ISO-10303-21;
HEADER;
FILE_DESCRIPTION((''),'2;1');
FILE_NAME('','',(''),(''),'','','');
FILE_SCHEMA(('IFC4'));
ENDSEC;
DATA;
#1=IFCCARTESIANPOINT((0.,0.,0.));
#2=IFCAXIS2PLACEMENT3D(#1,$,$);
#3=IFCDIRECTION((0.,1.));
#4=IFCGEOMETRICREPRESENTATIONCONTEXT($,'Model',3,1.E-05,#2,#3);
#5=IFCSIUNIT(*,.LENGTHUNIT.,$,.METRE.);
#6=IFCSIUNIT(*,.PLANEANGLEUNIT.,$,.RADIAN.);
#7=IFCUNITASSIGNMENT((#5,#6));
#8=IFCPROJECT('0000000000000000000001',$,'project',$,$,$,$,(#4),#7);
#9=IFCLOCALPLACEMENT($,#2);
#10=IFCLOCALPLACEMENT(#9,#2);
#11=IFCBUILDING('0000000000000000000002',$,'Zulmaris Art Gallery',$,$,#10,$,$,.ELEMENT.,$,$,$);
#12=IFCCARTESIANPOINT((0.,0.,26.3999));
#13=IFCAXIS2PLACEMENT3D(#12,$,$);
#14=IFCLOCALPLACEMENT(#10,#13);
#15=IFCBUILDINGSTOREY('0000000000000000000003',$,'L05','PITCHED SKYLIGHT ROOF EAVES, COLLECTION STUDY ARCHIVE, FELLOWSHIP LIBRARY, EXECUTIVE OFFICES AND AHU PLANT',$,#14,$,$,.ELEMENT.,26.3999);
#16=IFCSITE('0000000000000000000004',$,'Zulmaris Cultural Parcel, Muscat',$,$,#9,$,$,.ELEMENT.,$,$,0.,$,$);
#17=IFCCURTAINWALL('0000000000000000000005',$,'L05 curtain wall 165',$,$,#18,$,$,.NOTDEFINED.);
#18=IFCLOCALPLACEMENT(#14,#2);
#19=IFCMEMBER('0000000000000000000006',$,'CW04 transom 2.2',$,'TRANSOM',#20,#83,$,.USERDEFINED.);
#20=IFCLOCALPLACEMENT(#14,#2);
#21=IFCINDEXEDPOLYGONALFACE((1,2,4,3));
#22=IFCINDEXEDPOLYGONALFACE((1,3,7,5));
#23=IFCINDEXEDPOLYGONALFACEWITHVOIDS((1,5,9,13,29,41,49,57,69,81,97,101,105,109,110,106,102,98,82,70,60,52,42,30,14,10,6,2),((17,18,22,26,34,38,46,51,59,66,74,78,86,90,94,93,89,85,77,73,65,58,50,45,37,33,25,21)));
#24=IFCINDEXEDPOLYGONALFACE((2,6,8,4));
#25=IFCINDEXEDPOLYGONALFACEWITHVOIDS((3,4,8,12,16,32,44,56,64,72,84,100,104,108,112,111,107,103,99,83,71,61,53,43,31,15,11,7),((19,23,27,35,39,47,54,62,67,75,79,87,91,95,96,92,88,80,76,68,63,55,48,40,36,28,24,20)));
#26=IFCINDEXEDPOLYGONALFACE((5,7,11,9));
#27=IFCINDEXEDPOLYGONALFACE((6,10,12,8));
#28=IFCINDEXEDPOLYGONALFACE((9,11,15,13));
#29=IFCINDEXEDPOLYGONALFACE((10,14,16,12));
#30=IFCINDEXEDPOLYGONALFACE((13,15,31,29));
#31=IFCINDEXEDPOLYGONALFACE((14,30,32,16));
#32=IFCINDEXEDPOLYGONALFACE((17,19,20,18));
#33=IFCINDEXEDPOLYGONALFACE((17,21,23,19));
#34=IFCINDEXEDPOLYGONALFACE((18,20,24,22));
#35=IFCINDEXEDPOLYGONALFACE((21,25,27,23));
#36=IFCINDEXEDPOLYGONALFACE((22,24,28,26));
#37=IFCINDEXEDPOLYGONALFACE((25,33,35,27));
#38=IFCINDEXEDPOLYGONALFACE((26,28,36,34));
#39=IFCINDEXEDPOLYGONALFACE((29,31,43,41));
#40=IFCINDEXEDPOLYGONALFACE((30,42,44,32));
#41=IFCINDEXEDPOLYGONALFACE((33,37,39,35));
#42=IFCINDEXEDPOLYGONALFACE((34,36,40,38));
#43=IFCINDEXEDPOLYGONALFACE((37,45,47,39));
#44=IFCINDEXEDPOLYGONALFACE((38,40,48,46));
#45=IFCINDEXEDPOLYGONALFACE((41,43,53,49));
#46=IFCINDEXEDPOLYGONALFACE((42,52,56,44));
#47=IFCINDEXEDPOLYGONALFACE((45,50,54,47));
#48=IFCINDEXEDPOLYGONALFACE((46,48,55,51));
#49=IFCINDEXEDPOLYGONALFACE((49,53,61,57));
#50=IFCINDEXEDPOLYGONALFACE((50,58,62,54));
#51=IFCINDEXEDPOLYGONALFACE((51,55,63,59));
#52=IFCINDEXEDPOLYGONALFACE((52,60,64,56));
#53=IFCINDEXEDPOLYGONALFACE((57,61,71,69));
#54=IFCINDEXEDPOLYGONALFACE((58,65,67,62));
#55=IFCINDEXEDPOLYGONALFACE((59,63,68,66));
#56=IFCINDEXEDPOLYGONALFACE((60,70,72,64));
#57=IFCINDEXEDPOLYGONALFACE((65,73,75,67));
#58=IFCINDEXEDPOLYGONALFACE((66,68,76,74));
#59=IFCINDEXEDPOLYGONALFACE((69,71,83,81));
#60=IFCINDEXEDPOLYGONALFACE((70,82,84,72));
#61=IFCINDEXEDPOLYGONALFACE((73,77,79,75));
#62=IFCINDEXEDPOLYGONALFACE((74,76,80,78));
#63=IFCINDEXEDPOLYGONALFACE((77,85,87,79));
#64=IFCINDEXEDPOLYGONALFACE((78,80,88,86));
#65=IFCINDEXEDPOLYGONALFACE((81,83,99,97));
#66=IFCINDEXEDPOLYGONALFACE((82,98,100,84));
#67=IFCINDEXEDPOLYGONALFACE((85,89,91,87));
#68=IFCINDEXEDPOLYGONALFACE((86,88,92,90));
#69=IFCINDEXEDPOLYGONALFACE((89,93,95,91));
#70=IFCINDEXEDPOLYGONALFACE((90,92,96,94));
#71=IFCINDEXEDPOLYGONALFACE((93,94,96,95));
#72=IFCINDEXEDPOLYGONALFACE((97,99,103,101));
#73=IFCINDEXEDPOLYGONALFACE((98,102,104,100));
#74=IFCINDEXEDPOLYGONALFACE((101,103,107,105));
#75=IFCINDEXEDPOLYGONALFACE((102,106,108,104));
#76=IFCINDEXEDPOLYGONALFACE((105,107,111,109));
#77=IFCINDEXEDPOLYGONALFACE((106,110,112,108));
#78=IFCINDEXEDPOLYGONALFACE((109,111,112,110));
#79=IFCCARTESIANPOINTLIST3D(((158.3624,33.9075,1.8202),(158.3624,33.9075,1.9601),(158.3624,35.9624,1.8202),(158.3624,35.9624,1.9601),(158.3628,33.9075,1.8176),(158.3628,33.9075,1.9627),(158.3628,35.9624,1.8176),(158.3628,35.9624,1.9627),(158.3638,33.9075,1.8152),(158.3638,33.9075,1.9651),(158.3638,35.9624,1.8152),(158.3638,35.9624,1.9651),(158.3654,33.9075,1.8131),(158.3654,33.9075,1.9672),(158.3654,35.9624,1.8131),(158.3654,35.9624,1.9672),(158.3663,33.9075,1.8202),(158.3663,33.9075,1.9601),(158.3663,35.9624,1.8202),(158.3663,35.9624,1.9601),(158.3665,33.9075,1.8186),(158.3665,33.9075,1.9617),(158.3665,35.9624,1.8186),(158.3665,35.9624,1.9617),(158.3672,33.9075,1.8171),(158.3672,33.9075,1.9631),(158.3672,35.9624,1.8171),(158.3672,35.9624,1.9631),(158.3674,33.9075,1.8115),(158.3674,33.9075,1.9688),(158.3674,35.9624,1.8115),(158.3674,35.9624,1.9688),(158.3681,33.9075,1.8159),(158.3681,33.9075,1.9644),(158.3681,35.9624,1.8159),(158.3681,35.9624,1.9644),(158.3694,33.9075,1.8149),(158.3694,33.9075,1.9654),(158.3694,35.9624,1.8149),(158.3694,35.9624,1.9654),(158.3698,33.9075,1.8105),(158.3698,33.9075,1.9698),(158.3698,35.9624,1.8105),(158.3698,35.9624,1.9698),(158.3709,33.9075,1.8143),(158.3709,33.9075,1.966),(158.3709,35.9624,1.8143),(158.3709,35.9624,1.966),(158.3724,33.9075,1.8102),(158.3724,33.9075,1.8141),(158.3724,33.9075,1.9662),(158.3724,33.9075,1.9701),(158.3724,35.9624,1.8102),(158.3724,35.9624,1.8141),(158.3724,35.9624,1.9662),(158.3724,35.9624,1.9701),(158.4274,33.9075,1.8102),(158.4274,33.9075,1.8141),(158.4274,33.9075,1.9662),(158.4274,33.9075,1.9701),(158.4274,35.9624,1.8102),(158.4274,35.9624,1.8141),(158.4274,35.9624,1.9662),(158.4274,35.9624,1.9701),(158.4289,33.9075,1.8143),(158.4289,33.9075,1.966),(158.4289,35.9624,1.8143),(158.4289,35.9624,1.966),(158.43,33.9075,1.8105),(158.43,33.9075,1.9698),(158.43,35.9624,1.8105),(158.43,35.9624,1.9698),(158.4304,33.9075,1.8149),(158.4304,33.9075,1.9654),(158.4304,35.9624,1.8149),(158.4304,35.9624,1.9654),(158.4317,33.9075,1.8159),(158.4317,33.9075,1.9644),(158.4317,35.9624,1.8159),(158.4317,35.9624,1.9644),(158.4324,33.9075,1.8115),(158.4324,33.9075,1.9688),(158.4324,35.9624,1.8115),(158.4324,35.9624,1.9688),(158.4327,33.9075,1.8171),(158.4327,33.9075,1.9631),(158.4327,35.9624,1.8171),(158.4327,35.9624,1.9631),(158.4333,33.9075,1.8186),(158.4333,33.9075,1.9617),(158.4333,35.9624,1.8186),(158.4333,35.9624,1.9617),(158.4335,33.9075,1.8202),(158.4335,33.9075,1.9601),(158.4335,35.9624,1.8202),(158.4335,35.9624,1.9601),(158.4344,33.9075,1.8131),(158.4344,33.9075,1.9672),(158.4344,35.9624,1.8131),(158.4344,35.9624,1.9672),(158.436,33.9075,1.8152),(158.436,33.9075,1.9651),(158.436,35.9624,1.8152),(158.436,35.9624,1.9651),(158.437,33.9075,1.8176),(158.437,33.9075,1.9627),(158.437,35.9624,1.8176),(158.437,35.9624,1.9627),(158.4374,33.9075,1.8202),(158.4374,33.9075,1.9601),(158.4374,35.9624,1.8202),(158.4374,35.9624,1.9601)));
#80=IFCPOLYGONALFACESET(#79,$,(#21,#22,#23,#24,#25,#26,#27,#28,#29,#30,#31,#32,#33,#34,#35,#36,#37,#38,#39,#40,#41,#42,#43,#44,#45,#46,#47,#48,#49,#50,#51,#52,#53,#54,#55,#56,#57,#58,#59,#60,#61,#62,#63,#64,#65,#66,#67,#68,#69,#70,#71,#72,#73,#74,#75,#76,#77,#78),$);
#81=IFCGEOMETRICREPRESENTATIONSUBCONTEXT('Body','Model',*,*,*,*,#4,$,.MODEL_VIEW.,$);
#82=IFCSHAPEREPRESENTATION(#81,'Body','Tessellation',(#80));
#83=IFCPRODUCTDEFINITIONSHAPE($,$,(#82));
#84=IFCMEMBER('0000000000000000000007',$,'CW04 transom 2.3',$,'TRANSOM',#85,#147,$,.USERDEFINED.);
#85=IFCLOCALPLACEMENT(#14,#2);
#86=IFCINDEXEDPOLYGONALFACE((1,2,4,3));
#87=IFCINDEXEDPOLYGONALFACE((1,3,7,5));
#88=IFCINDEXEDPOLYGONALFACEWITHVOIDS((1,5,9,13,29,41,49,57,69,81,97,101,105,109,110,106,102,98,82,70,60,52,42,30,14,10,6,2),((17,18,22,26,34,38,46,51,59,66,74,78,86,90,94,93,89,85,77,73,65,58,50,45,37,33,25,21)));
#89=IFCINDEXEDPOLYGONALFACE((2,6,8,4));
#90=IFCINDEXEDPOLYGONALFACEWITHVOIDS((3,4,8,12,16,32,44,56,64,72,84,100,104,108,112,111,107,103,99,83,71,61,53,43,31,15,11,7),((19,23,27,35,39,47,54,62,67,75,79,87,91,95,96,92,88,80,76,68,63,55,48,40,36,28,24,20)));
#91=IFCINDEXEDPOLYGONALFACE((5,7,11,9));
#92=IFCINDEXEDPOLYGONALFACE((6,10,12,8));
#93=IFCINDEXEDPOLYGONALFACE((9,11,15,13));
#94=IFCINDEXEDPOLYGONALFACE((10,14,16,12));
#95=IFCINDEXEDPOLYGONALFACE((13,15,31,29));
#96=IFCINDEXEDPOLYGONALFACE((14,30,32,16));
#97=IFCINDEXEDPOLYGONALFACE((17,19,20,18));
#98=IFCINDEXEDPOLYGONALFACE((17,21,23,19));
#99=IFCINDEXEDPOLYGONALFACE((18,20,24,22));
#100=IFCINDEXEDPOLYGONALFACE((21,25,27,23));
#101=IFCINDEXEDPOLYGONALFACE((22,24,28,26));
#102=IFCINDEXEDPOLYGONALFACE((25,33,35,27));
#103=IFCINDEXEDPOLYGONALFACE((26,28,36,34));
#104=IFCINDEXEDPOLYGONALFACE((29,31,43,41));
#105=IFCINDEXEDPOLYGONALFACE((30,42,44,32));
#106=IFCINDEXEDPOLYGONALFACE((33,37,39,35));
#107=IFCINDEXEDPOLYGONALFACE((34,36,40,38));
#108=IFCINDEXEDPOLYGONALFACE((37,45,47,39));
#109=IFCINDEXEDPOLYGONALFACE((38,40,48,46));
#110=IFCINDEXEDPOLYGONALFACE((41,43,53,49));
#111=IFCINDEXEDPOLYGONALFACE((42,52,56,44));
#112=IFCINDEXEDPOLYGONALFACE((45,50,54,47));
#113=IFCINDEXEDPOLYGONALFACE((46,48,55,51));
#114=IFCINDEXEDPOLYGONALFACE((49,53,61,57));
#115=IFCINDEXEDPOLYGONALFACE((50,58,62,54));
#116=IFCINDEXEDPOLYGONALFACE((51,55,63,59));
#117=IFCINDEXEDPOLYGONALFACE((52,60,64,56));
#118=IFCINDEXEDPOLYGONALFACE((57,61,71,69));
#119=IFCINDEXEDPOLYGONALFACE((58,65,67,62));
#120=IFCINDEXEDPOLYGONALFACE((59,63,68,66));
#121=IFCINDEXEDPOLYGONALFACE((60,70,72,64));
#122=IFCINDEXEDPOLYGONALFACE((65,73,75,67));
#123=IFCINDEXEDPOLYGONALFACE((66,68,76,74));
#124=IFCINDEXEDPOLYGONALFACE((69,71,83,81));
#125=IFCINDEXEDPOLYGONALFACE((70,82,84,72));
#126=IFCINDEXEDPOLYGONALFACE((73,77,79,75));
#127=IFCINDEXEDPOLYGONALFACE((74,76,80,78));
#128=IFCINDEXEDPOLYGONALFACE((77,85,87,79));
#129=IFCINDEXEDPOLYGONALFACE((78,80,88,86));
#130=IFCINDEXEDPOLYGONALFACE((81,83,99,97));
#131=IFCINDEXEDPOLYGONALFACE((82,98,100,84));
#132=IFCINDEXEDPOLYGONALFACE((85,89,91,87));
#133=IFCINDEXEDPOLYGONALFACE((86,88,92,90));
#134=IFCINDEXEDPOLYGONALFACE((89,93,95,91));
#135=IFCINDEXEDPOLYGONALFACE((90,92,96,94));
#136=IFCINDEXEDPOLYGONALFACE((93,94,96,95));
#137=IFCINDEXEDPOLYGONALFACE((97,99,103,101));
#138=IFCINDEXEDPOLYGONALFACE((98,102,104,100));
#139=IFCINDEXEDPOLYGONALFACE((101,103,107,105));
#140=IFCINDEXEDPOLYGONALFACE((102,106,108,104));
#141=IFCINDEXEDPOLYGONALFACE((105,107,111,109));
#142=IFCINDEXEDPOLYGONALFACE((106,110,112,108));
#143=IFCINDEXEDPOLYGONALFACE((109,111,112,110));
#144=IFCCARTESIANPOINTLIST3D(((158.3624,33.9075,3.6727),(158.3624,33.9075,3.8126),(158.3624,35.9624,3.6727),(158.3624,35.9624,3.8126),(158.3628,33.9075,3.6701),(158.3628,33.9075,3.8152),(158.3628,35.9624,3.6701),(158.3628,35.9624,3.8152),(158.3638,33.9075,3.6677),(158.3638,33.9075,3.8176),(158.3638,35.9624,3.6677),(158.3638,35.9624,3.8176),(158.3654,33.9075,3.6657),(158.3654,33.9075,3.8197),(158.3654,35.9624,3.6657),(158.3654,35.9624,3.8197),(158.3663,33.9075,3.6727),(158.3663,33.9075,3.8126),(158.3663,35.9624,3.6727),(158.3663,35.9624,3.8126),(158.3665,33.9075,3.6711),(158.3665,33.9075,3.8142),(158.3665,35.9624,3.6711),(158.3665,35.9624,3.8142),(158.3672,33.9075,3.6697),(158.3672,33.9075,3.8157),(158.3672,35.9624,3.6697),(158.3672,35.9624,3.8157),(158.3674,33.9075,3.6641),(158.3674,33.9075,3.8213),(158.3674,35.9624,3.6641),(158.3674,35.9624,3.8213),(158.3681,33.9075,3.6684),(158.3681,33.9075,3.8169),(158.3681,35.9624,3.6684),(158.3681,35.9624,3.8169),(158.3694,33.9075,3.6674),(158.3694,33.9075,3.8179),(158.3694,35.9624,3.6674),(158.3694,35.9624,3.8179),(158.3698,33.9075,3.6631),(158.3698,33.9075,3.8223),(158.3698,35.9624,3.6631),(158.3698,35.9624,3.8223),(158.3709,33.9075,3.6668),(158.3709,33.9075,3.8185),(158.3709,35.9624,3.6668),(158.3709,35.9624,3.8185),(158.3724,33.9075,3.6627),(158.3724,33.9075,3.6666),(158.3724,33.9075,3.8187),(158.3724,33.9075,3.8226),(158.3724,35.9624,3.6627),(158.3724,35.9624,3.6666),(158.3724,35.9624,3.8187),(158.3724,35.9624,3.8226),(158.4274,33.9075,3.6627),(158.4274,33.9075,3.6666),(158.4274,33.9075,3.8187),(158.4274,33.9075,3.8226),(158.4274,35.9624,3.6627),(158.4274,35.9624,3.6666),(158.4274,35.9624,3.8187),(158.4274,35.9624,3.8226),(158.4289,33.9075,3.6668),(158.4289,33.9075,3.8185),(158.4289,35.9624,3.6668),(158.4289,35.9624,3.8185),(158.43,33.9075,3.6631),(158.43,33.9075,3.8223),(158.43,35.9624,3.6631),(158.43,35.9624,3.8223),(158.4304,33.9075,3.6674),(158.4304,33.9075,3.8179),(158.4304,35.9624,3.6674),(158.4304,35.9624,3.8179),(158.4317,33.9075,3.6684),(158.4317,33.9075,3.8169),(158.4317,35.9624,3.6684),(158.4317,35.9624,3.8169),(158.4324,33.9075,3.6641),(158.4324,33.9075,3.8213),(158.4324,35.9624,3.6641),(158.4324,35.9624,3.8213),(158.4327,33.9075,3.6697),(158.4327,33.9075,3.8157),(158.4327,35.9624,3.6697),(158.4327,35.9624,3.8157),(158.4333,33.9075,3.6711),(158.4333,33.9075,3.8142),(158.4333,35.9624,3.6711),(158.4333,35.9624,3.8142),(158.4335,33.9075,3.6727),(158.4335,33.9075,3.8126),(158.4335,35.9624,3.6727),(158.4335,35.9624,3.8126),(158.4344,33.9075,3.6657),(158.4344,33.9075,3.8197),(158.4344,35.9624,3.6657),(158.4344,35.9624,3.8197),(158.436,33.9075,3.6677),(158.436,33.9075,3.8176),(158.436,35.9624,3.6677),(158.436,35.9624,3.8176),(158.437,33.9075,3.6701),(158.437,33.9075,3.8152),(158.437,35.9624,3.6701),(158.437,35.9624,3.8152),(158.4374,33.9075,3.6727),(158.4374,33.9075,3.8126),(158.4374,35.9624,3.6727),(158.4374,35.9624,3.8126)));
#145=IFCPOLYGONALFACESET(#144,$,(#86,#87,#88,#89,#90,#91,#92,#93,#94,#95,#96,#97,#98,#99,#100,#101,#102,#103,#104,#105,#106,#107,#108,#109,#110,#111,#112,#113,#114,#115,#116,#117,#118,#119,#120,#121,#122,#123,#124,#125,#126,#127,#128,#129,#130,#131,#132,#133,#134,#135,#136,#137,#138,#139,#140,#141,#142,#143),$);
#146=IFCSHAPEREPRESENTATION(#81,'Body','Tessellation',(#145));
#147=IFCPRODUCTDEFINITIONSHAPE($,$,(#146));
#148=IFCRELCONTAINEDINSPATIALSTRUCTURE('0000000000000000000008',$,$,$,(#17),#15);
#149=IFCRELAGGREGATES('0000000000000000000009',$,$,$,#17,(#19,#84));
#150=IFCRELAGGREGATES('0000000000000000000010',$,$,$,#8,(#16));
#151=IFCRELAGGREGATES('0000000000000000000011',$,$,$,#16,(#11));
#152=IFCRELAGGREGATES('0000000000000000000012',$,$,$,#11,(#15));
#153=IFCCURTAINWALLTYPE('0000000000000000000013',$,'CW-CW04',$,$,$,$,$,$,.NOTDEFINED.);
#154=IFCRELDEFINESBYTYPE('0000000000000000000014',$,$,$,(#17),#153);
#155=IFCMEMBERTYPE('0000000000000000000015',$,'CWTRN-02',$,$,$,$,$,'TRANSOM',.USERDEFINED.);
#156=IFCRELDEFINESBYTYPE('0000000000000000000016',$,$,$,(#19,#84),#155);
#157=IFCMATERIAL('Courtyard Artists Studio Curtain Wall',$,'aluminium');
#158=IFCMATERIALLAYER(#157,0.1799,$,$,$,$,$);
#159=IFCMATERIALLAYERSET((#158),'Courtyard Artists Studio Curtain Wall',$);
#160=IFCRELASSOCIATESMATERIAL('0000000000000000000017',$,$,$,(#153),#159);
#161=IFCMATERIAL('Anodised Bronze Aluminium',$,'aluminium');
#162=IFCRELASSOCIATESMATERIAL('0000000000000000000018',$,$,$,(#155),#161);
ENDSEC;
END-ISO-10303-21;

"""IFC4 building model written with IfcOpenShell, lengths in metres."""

from ifc_helpers import new_model, si_unit, direction, frame, origin, origin_2d, place, context, subcontext, project, spatial, hollow_rectangle, extrude, material, layer, layer_set, material_profile, profile_set, type_object, element, aggregate, save


model = new_model("IFC4")

# Units and contexts
model_context = context("Model", 3, precision=1e-05, world=origin(), true_north=direction((0.0, 1.0)))
body_context = subcontext(model_context, "Body", "Model", "MODEL_VIEW")
ifc_project = project(units=[si_unit("LENGTHUNIT", "METRE"), si_unit("PLANEANGLEUNIT", "RADIAN")], contexts=[model_context])

# Site, building, storey
site_placement = place(None, origin())
site = spatial("IfcSite", under=ifc_project, at=site_placement, Name="Zulmaris Cultural Parcel, Muscat", CompositionType="ELEMENT", RefElevation=0.0)
building_placement = place(site_placement, origin())
building = spatial("IfcBuilding", under=site, at=building_placement, Name="Zulmaris Art Gallery", CompositionType="ELEMENT")
storey_placement = place(building_placement, frame((0.0, 0.0, 26.3999)))
storey = spatial("IfcBuildingStorey", under=building, at=storey_placement, Name="L05", Description="PITCHED SKYLIGHT ROOF EAVES, COLLECTION STUDY ARCHIVE, FELLOWSHIP LIBRARY, EXECUTIVE OFFICES AND AHU PLANT", CompositionType="ELEMENT", Elevation=26.3999)

# Curtain wall, members
ifc_material_1 = material(Name="Courtyard Artists Studio Curtain Wall", Category="aluminium")
ifc_layer_1 = layer(ifc_material_1, 0.1799)
ifc_layer_set_1 = layer_set([ifc_layer_1], Name="Courtyard Artists Studio Curtain Wall")
curtain_wall_type = type_object("IfcCurtainWallType", Name="CW-CW04", PredefinedType="NOTDEFINED", material=ifc_layer_set_1)
curtain_wall_placement = place(storey_placement, origin())
curtain_wall = element("IfcCurtainWall", 1, at=curtain_wall_placement, inside=storey, type_object=curtain_wall_type, Name="L05 curtain wall 165", PredefinedType="NOTDEFINED")
ifc_material_2 = material(Name="Anodised Bronze Aluminium", Category="aluminium")
ifc_material_profile_1 = material_profile(ifc_material_2, hollow_rectangle(XDim=0.075, YDim=0.1599, WallThickness=0.0039, InnerFilletRadius=0.0061, OuterFilletRadius=0.01, at=origin_2d()), Name="ALU 75x160x4")
ifc_profile_set_1 = profile_set([ifc_material_profile_1], Name="Anodised Bronze Aluminium")
member_type_1 = type_object("IfcMemberType", Name="CWTRN-02", ElementType="TRANSOM", PredefinedType="USERDEFINED", material=ifc_profile_set_1)
member_1_placement = place(storey_placement, frame((158.3999, 33.9075, 1.8901), z_axis=(0.0, 1.0, 0.0), x_axis=(-1.0, 0.0, 0.0)))
member_1 = element("IfcMember", 2, at=member_1_placement, type_object=member_type_1, Name="CW04 transom 2.2", ObjectType="TRANSOM", PredefinedType="USERDEFINED", context=body_context, shape_type="SweptSolid", body=[
    extrude(hollow_rectangle(XDim=0.075, YDim=0.1599, WallThickness=0.0039, InnerFilletRadius=0.0061, OuterFilletRadius=0.01, at=origin_2d()), origin(), (0.0, 0.0, 1.0), 2.0549),
])
member_2_placement = place(storey_placement, frame((158.3999, 33.9075, 3.7427), z_axis=(0.0, 1.0, 0.0), x_axis=(-1.0, 0.0, 0.0)))
member_2 = element("IfcMember", 3, at=member_2_placement, type_object=member_type_1, Name="CW04 transom 2.3", ObjectType="TRANSOM", PredefinedType="USERDEFINED", context=body_context, shape_type="SweptSolid", body=[
    extrude(hollow_rectangle(XDim=0.075, YDim=0.1599, WallThickness=0.0039, InnerFilletRadius=0.0061, OuterFilletRadius=0.01, at=origin_2d()), origin(), (0.0, 0.0, 1.0), 2.0549),
])
aggregate(curtain_wall, [member_1, member_2])

save(model, "model.ifc")
